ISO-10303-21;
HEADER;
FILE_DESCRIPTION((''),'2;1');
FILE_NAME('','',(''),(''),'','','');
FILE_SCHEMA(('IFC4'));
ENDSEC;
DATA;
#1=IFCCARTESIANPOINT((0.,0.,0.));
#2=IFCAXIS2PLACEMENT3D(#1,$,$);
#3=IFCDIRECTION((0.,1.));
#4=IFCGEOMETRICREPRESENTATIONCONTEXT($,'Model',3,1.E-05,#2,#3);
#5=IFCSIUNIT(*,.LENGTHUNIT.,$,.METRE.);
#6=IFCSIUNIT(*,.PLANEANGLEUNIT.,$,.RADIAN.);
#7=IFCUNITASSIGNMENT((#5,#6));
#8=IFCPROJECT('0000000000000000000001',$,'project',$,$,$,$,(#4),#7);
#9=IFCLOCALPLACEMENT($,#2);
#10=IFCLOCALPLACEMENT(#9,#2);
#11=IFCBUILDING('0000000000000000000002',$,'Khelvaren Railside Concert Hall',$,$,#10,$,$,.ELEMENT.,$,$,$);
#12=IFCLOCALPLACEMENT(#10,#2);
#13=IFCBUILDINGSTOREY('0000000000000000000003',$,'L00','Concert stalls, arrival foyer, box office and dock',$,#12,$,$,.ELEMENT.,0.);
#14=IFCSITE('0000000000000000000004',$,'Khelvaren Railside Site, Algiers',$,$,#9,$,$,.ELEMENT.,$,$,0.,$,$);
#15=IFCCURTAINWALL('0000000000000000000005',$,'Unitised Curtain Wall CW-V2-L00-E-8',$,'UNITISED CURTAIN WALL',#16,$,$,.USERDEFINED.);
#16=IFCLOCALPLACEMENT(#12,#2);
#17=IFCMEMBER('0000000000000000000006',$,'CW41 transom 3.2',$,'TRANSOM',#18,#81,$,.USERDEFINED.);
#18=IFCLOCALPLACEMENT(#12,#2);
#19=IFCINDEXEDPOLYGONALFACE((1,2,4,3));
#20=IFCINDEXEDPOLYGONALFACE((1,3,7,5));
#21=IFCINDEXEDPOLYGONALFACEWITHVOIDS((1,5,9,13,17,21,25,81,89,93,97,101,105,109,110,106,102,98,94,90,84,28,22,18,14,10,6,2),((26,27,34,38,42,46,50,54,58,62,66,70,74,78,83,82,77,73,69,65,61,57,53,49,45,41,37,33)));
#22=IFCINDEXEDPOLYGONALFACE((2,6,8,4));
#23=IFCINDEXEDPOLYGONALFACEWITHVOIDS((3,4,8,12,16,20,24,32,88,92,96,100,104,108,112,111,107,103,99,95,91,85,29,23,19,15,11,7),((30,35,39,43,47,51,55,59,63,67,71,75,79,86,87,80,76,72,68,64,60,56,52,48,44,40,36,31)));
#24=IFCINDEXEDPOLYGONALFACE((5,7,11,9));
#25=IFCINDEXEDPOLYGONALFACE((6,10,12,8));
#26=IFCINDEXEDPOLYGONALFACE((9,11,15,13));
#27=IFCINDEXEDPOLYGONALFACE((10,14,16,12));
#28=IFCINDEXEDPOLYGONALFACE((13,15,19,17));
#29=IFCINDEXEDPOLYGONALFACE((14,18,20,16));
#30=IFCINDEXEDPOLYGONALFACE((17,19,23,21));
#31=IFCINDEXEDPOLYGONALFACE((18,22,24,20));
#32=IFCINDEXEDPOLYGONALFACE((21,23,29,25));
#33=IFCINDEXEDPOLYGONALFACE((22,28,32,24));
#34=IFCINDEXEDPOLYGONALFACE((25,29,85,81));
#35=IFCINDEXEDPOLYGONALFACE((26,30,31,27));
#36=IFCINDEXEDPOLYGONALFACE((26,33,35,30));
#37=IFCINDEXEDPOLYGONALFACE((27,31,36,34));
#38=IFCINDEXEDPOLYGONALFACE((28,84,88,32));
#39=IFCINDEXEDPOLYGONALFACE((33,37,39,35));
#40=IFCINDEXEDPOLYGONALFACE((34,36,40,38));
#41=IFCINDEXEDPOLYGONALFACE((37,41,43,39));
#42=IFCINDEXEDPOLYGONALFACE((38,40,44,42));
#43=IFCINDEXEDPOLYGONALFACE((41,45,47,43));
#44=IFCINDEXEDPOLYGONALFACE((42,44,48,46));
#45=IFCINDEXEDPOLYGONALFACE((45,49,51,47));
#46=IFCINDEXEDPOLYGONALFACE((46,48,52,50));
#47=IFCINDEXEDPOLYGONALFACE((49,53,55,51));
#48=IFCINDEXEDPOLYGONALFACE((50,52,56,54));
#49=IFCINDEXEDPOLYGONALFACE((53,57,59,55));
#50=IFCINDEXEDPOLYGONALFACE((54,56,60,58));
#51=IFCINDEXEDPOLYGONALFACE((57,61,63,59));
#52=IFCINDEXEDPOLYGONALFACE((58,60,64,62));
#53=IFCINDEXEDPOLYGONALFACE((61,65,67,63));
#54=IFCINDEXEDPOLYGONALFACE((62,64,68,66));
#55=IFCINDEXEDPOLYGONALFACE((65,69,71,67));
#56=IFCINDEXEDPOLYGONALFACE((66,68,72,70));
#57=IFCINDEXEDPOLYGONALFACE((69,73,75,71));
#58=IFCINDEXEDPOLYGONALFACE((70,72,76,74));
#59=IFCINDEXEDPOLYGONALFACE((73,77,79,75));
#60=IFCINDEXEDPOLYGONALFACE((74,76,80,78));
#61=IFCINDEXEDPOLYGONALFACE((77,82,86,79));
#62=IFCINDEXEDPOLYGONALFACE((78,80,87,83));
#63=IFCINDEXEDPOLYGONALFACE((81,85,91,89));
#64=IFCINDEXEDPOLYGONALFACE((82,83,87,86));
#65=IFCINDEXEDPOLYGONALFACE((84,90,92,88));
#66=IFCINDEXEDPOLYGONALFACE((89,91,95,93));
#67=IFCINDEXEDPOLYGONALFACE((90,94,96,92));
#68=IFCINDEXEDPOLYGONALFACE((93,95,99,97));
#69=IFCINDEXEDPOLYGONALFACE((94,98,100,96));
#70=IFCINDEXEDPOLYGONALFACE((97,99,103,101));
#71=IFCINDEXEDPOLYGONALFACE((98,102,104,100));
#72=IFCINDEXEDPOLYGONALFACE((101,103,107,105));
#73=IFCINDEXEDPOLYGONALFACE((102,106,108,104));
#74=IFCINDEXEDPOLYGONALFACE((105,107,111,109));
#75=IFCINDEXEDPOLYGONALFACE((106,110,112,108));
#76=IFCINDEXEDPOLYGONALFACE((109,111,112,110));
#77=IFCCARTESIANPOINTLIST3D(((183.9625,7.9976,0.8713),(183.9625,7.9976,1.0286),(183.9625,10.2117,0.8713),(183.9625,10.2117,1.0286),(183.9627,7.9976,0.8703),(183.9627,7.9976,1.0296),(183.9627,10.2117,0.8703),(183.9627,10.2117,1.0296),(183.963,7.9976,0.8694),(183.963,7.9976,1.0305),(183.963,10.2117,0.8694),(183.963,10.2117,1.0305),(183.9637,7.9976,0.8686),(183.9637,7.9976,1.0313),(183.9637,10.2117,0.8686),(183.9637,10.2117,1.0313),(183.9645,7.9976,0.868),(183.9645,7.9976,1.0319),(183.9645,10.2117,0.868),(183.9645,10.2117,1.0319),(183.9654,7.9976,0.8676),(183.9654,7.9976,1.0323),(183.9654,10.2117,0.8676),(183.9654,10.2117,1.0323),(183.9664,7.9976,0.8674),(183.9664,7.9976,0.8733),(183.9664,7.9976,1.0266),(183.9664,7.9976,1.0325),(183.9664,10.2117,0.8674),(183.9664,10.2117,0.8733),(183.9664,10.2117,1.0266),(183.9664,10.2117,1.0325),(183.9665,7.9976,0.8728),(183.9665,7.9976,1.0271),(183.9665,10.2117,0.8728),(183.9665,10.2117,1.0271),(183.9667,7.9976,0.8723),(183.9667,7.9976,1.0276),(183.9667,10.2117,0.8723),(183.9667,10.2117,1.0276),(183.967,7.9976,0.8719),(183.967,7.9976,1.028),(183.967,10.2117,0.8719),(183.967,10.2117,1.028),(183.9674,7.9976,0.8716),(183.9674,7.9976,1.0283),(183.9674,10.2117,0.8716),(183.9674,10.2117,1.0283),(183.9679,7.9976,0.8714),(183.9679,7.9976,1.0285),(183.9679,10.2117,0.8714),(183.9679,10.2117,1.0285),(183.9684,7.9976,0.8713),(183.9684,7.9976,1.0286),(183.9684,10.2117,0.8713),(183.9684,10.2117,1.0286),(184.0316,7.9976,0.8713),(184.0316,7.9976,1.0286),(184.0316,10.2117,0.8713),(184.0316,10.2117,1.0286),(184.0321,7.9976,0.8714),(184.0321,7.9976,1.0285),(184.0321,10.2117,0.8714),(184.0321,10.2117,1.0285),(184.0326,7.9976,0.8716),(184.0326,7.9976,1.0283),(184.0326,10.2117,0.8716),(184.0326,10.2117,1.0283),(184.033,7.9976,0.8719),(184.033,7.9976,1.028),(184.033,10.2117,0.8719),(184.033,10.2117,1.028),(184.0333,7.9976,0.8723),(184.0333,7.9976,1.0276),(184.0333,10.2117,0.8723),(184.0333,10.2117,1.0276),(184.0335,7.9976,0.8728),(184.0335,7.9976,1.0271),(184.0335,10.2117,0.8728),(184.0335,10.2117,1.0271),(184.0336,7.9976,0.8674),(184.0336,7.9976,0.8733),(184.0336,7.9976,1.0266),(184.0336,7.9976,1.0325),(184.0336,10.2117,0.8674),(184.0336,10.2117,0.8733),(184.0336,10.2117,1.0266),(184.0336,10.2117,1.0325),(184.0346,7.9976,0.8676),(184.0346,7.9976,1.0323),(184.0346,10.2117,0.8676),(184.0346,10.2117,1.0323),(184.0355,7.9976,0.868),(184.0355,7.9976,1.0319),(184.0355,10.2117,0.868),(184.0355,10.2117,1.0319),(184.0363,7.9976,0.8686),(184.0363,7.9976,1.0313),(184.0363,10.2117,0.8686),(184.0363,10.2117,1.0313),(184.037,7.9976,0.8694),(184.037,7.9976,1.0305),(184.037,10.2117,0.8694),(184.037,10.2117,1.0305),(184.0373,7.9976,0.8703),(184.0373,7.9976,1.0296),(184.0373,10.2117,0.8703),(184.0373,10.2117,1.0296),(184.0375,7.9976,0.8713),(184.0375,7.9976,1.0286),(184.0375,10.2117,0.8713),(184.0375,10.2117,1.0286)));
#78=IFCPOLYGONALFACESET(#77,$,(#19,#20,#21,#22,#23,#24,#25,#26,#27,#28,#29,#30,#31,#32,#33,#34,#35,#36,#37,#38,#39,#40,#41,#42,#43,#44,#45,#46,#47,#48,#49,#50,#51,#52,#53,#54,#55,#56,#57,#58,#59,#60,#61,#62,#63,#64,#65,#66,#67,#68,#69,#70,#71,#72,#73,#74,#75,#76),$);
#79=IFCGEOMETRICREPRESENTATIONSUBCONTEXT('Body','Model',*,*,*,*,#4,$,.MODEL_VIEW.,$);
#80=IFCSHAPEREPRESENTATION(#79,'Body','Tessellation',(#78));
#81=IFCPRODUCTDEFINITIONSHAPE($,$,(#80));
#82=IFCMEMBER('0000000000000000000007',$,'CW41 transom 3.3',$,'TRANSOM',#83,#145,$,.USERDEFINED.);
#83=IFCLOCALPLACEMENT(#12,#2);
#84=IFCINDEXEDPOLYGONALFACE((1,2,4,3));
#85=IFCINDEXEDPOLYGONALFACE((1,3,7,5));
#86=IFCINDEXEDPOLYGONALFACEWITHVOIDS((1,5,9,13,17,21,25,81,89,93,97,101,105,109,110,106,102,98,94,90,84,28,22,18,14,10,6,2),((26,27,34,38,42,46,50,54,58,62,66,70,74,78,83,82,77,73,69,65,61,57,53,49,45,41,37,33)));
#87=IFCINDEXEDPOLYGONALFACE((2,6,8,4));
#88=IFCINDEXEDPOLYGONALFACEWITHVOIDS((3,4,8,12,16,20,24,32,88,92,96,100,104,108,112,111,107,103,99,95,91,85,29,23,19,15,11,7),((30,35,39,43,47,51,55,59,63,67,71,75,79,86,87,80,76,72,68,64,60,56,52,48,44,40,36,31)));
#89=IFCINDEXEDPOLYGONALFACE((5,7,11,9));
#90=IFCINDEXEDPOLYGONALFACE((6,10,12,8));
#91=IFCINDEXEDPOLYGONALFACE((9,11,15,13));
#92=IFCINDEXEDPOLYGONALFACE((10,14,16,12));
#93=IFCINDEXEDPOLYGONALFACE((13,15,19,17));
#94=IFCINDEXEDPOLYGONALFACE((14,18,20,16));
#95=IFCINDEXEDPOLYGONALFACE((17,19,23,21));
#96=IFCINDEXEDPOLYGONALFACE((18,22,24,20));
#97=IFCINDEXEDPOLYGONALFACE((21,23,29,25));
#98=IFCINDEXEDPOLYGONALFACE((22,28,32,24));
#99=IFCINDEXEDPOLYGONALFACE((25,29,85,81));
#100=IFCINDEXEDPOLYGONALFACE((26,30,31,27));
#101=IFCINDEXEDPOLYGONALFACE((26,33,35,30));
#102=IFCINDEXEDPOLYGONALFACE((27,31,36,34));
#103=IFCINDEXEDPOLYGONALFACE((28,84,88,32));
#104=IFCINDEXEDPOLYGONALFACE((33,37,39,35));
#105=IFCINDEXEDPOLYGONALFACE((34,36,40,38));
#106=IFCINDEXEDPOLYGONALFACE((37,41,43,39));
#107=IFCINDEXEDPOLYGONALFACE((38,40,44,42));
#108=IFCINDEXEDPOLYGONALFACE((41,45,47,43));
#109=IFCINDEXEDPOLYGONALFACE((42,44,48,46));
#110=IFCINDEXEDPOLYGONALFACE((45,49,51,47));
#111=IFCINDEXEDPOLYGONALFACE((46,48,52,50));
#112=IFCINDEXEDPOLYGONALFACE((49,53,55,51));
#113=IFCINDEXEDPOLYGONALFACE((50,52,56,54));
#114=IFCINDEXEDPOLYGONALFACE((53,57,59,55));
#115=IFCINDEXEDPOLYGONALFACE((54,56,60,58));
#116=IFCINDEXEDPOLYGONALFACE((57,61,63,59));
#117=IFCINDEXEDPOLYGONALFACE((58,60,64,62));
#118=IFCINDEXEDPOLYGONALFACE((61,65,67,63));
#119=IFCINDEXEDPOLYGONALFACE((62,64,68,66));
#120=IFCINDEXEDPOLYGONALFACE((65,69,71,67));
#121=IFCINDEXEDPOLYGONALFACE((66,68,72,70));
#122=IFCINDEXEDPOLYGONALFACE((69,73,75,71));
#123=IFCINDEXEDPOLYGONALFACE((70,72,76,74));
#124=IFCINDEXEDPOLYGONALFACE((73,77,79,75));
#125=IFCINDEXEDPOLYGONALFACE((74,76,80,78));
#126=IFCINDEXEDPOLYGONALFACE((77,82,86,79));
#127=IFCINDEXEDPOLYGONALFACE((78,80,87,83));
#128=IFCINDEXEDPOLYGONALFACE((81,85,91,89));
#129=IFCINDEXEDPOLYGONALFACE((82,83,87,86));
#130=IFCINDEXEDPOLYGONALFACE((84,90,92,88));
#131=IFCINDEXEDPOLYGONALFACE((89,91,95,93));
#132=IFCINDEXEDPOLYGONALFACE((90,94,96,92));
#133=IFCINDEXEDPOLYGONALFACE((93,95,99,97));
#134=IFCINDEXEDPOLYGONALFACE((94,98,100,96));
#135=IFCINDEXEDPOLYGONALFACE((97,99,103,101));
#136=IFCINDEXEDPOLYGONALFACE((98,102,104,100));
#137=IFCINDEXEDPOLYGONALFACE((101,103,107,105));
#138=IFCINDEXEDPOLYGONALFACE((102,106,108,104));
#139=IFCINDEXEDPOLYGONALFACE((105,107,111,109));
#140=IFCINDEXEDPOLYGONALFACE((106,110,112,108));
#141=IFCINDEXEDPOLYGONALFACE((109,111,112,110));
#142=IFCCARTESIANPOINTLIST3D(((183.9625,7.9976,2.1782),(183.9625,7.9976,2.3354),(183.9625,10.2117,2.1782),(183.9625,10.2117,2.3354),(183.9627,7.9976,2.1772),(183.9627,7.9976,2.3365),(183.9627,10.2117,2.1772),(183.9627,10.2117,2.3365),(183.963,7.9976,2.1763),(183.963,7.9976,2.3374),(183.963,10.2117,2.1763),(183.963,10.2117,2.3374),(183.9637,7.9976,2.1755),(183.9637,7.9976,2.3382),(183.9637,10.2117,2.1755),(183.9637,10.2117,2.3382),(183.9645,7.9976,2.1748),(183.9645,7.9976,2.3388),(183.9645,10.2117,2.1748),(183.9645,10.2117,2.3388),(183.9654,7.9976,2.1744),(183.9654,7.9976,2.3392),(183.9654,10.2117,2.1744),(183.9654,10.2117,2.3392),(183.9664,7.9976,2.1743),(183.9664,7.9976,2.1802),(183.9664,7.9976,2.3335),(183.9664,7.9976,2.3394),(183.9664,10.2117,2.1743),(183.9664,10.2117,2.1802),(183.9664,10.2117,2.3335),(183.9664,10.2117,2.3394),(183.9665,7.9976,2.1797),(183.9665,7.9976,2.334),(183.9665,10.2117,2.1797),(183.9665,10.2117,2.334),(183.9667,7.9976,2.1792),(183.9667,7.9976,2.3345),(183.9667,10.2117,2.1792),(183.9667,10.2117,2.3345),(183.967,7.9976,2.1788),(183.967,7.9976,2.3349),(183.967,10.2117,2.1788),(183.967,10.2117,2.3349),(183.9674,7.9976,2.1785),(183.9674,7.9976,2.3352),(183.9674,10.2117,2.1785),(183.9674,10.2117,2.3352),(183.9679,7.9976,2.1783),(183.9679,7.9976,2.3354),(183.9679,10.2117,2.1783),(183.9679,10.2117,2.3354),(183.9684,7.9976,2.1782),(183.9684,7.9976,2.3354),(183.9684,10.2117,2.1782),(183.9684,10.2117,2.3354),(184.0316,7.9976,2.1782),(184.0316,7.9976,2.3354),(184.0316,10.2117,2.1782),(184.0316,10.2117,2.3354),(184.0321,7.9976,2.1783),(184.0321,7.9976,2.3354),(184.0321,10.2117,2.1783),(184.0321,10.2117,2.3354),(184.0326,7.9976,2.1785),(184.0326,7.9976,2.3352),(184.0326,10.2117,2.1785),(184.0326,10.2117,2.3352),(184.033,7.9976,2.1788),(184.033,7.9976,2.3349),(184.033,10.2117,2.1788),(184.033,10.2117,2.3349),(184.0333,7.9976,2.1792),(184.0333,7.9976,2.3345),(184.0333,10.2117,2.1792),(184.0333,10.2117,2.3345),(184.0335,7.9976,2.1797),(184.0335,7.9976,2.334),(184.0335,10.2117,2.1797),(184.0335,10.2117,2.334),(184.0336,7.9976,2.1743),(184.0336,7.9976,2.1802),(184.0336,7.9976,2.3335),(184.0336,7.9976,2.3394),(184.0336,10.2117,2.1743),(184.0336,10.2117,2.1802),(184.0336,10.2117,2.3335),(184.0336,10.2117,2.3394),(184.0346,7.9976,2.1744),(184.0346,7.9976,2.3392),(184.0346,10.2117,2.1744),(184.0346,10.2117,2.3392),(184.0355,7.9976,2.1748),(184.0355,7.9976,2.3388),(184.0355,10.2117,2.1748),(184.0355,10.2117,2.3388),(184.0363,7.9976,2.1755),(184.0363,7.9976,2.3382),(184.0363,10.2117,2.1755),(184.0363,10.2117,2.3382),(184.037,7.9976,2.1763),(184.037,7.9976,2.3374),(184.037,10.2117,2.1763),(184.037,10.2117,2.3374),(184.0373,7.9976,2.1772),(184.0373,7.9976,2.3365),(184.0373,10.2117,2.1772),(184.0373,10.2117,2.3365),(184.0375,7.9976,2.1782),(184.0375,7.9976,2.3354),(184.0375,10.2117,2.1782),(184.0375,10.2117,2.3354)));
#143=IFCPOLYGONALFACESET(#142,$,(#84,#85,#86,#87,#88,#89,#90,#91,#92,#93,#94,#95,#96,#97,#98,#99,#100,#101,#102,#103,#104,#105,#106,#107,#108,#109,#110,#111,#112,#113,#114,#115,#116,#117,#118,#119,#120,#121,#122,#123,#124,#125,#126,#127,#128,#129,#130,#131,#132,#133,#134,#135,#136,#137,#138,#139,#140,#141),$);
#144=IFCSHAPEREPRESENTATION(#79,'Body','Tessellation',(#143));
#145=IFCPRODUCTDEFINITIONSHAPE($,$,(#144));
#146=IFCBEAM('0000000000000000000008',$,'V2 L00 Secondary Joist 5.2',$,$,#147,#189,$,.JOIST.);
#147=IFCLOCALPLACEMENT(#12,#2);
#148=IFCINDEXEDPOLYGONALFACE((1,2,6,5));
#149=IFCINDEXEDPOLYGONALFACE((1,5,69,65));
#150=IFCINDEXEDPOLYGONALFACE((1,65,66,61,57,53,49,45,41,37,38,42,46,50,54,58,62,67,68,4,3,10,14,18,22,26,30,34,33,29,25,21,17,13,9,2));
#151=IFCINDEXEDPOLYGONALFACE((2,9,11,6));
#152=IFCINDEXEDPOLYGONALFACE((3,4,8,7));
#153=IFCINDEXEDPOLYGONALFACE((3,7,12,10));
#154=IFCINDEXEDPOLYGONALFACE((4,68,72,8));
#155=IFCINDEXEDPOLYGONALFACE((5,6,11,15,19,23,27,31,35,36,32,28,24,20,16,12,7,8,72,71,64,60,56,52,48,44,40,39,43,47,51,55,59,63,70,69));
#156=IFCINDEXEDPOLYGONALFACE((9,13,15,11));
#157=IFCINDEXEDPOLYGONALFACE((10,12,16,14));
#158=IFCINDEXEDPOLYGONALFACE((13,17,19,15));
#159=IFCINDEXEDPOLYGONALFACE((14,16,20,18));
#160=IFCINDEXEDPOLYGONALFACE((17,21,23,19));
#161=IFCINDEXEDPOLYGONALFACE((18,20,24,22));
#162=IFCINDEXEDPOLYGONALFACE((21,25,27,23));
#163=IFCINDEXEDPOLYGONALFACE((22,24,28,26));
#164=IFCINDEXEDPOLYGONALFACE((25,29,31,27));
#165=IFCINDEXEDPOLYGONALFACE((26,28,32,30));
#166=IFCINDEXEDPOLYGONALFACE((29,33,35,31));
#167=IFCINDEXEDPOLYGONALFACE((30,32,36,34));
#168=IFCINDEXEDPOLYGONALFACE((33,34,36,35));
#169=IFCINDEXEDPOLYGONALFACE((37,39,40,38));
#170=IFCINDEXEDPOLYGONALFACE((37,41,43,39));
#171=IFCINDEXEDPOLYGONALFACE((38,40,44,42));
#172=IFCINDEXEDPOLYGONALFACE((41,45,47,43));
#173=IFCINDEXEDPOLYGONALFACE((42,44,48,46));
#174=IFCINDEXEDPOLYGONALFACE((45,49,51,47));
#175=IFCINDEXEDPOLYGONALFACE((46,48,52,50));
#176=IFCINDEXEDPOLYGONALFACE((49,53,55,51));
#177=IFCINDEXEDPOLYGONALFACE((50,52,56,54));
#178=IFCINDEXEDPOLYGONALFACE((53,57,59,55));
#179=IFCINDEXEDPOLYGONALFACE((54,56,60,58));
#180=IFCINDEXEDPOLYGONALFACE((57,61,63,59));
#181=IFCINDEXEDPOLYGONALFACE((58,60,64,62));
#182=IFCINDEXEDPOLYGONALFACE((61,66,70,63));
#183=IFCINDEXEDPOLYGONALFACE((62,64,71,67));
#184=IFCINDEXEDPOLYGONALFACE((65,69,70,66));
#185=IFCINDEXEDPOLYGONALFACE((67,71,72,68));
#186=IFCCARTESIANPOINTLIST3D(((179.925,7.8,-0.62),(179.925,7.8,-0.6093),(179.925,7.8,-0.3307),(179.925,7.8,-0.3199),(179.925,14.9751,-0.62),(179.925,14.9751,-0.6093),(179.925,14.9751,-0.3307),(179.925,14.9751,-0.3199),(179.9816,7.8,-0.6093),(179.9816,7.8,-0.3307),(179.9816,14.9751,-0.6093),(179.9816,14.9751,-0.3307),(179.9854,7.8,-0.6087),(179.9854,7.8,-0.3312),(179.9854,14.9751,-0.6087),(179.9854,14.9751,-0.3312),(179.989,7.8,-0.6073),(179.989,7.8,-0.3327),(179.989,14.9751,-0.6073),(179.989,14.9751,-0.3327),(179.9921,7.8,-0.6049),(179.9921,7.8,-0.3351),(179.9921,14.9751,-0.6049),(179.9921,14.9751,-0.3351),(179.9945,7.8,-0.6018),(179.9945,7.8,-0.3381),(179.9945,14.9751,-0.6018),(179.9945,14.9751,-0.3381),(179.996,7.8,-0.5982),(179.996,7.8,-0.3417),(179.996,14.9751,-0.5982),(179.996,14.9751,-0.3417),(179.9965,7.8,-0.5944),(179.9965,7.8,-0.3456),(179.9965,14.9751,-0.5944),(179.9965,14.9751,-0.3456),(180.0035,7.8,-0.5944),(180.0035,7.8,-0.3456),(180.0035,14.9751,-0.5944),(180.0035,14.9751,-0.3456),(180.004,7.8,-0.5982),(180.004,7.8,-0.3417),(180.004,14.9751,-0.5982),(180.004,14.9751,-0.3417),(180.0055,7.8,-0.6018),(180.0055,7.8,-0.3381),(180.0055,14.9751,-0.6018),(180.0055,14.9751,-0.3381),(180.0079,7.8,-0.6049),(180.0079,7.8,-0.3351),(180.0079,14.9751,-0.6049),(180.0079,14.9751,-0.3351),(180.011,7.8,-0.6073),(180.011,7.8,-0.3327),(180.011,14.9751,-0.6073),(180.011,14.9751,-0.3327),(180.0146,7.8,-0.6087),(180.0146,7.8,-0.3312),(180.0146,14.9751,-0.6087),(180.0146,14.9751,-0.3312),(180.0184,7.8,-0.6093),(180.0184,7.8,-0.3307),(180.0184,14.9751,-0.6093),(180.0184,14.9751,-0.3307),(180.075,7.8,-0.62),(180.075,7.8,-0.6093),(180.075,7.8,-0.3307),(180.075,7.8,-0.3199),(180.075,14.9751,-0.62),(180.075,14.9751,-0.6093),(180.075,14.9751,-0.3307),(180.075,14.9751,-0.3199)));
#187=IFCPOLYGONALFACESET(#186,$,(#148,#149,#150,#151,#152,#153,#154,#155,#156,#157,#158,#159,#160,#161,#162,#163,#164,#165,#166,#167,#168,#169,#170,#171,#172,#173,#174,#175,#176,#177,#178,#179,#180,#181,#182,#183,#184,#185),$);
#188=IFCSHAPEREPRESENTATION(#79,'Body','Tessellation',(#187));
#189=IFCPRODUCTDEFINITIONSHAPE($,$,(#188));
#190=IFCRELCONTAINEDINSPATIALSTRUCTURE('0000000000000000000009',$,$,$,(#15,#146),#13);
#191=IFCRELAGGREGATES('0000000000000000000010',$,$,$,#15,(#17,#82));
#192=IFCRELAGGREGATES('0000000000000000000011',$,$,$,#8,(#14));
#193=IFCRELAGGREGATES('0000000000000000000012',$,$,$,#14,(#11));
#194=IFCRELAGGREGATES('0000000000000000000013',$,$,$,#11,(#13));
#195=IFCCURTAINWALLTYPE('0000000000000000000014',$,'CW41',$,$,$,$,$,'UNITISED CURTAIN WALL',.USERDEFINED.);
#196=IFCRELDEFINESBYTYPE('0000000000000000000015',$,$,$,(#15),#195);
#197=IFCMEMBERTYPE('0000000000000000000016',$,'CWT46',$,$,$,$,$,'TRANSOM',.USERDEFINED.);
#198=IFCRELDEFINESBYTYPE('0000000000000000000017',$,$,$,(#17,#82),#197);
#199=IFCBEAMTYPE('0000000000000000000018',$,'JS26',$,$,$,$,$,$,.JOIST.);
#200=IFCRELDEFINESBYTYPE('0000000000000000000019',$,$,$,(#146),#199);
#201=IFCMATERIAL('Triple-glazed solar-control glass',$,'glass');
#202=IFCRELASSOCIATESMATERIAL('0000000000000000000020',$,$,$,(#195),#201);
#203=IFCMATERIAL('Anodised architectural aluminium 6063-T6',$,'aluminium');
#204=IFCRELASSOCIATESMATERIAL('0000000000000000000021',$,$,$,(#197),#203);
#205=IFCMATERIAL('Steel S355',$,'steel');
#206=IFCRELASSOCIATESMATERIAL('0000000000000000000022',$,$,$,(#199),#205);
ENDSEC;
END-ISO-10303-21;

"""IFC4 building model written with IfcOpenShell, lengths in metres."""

from ifc_helpers import new_model, si_unit, direction, frame, origin, origin_2d, place, context, subcontext, project, spatial, hollow_rectangle, i_section, extrude, material, material_profile, profile_set, type_object, element, aggregate, save


model = new_model("IFC4")

# Units and contexts
model_context = context("Model", 3, precision=1e-05, world=origin(), true_north=direction((0.0, 1.0)))
body_context = subcontext(model_context, "Body", "Model", "MODEL_VIEW")
ifc_project = project(units=[si_unit("LENGTHUNIT", "METRE"), si_unit("PLANEANGLEUNIT", "RADIAN")], contexts=[model_context])

# Site, building, storey
site_placement = place(None, origin())
site = spatial("IfcSite", under=ifc_project, at=site_placement, Name="Khelvaren Railside Site, Algiers", CompositionType="ELEMENT", RefElevation=0.0)
building_placement = place(site_placement, origin())
building = spatial("IfcBuilding", under=site, at=building_placement, Name="Khelvaren Railside Concert Hall", CompositionType="ELEMENT")
storey_placement = place(building_placement, origin())
storey = spatial("IfcBuildingStorey", under=building, at=storey_placement, Name="L00", Description="Concert stalls, arrival foyer, box office and dock", CompositionType="ELEMENT", Elevation=0.0)

# Shared definitions
ifc_material_1 = material(Name="Steel S355", Category="steel")

# Shared definitions
ifc_material_2 = material(Name="Triple-glazed solar-control glass", Category="glass")
ifc_material_3 = material(Name="Anodised architectural aluminium 6063-T6", Category="aluminium")

# Curtain wall
curtain_wall_type_1 = type_object("IfcCurtainWallType", Name="CW41", ElementType="UNITISED CURTAIN WALL", PredefinedType="USERDEFINED", material=ifc_material_2)
curtain_wall_1_placement = place(storey_placement, origin())
curtain_wall_1 = element("IfcCurtainWall", 1, at=curtain_wall_1_placement, inside=storey, type_object=curtain_wall_type_1, Name="Unitised Curtain Wall CW-V2-L00-E-8", ObjectType="UNITISED CURTAIN WALL", PredefinedType="USERDEFINED")

# Members
ifc_material_profile_1 = material_profile(ifc_material_3, hollow_rectangle(XDim=0.075, YDim=0.165, WallThickness=0.0039, InnerFilletRadius=0.002, OuterFilletRadius=0.0039, at=origin_2d()), Name="CWT 75x165x4")
ifc_profile_set_1 = profile_set([ifc_material_profile_1], Name="Anodised architectural aluminium 6063-T6")
member_type_1 = type_object("IfcMemberType", Name="CWT46", ElementType="TRANSOM", PredefinedType="USERDEFINED", material=ifc_profile_set_1)
member_1_placement = place(storey_placement, frame((184.0, 10.2117, 0.95), z_axis=(0.0, -1.0, 0.0), x_axis=(1.0, 0.0, 0.0)))
member_1 = element("IfcMember", 2, at=member_1_placement, type_object=member_type_1, Name="CW41 transom 3.2", ObjectType="TRANSOM", PredefinedType="USERDEFINED", context=body_context, shape_type="SweptSolid", body=[
    extrude(hollow_rectangle(XDim=0.075, YDim=0.165, WallThickness=0.0039, InnerFilletRadius=0.002, OuterFilletRadius=0.0039, at=origin_2d()), origin(), (0.0, 0.0, 1.0), 2.2141),
])
member_2_placement = place(storey_placement, frame((184.0, 10.2117, 2.2568), z_axis=(0.0, -1.0, 0.0), x_axis=(1.0, 0.0, 0.0)))
member_2 = element("IfcMember", 3, at=member_2_placement, type_object=member_type_1, Name="CW41 transom 3.3", ObjectType="TRANSOM", PredefinedType="USERDEFINED", context=body_context, shape_type="SweptSolid", body=[
    extrude(hollow_rectangle(XDim=0.075, YDim=0.165, WallThickness=0.0039, InnerFilletRadius=0.002, OuterFilletRadius=0.0039, at=origin_2d()), origin(), (0.0, 0.0, 1.0), 2.2141),
])

# Beam
ifc_material_profile_2 = material_profile(ifc_material_1, i_section(OverallWidth=0.1499, OverallDepth=0.3, WebThickness=0.0071, FlangeThickness=0.0107, FilletRadius=0.0149, at=origin_2d()), Name="IPE 300")
ifc_profile_set_2 = profile_set([ifc_material_profile_2], Name="Steel S355")
beam_type_1 = type_object("IfcBeamType", Name="JS26", PredefinedType="JOIST", material=ifc_profile_set_2)
beam_1_placement = place(storey_placement, frame((180.0, 7.8, -0.47), z_axis=(0.0, 1.0, 0.0), x_axis=(-1.0, 0.0, 0.0)))
element("IfcBeam", 4, at=beam_1_placement, inside=storey, type_object=beam_type_1, Name="V2 L00 Secondary Joist 5.2", PredefinedType="JOIST", context=body_context, shape_type="SweptSolid", body=[
    extrude(i_section(OverallWidth=0.1499, OverallDepth=0.3, WebThickness=0.0071, FlangeThickness=0.0107, FilletRadius=0.0149, at=origin_2d()), origin(), (0.0, 0.0, 1.0), 7.175),
])

aggregate(curtain_wall_1, [member_1, member_2])

save(model, "model.ifc")
